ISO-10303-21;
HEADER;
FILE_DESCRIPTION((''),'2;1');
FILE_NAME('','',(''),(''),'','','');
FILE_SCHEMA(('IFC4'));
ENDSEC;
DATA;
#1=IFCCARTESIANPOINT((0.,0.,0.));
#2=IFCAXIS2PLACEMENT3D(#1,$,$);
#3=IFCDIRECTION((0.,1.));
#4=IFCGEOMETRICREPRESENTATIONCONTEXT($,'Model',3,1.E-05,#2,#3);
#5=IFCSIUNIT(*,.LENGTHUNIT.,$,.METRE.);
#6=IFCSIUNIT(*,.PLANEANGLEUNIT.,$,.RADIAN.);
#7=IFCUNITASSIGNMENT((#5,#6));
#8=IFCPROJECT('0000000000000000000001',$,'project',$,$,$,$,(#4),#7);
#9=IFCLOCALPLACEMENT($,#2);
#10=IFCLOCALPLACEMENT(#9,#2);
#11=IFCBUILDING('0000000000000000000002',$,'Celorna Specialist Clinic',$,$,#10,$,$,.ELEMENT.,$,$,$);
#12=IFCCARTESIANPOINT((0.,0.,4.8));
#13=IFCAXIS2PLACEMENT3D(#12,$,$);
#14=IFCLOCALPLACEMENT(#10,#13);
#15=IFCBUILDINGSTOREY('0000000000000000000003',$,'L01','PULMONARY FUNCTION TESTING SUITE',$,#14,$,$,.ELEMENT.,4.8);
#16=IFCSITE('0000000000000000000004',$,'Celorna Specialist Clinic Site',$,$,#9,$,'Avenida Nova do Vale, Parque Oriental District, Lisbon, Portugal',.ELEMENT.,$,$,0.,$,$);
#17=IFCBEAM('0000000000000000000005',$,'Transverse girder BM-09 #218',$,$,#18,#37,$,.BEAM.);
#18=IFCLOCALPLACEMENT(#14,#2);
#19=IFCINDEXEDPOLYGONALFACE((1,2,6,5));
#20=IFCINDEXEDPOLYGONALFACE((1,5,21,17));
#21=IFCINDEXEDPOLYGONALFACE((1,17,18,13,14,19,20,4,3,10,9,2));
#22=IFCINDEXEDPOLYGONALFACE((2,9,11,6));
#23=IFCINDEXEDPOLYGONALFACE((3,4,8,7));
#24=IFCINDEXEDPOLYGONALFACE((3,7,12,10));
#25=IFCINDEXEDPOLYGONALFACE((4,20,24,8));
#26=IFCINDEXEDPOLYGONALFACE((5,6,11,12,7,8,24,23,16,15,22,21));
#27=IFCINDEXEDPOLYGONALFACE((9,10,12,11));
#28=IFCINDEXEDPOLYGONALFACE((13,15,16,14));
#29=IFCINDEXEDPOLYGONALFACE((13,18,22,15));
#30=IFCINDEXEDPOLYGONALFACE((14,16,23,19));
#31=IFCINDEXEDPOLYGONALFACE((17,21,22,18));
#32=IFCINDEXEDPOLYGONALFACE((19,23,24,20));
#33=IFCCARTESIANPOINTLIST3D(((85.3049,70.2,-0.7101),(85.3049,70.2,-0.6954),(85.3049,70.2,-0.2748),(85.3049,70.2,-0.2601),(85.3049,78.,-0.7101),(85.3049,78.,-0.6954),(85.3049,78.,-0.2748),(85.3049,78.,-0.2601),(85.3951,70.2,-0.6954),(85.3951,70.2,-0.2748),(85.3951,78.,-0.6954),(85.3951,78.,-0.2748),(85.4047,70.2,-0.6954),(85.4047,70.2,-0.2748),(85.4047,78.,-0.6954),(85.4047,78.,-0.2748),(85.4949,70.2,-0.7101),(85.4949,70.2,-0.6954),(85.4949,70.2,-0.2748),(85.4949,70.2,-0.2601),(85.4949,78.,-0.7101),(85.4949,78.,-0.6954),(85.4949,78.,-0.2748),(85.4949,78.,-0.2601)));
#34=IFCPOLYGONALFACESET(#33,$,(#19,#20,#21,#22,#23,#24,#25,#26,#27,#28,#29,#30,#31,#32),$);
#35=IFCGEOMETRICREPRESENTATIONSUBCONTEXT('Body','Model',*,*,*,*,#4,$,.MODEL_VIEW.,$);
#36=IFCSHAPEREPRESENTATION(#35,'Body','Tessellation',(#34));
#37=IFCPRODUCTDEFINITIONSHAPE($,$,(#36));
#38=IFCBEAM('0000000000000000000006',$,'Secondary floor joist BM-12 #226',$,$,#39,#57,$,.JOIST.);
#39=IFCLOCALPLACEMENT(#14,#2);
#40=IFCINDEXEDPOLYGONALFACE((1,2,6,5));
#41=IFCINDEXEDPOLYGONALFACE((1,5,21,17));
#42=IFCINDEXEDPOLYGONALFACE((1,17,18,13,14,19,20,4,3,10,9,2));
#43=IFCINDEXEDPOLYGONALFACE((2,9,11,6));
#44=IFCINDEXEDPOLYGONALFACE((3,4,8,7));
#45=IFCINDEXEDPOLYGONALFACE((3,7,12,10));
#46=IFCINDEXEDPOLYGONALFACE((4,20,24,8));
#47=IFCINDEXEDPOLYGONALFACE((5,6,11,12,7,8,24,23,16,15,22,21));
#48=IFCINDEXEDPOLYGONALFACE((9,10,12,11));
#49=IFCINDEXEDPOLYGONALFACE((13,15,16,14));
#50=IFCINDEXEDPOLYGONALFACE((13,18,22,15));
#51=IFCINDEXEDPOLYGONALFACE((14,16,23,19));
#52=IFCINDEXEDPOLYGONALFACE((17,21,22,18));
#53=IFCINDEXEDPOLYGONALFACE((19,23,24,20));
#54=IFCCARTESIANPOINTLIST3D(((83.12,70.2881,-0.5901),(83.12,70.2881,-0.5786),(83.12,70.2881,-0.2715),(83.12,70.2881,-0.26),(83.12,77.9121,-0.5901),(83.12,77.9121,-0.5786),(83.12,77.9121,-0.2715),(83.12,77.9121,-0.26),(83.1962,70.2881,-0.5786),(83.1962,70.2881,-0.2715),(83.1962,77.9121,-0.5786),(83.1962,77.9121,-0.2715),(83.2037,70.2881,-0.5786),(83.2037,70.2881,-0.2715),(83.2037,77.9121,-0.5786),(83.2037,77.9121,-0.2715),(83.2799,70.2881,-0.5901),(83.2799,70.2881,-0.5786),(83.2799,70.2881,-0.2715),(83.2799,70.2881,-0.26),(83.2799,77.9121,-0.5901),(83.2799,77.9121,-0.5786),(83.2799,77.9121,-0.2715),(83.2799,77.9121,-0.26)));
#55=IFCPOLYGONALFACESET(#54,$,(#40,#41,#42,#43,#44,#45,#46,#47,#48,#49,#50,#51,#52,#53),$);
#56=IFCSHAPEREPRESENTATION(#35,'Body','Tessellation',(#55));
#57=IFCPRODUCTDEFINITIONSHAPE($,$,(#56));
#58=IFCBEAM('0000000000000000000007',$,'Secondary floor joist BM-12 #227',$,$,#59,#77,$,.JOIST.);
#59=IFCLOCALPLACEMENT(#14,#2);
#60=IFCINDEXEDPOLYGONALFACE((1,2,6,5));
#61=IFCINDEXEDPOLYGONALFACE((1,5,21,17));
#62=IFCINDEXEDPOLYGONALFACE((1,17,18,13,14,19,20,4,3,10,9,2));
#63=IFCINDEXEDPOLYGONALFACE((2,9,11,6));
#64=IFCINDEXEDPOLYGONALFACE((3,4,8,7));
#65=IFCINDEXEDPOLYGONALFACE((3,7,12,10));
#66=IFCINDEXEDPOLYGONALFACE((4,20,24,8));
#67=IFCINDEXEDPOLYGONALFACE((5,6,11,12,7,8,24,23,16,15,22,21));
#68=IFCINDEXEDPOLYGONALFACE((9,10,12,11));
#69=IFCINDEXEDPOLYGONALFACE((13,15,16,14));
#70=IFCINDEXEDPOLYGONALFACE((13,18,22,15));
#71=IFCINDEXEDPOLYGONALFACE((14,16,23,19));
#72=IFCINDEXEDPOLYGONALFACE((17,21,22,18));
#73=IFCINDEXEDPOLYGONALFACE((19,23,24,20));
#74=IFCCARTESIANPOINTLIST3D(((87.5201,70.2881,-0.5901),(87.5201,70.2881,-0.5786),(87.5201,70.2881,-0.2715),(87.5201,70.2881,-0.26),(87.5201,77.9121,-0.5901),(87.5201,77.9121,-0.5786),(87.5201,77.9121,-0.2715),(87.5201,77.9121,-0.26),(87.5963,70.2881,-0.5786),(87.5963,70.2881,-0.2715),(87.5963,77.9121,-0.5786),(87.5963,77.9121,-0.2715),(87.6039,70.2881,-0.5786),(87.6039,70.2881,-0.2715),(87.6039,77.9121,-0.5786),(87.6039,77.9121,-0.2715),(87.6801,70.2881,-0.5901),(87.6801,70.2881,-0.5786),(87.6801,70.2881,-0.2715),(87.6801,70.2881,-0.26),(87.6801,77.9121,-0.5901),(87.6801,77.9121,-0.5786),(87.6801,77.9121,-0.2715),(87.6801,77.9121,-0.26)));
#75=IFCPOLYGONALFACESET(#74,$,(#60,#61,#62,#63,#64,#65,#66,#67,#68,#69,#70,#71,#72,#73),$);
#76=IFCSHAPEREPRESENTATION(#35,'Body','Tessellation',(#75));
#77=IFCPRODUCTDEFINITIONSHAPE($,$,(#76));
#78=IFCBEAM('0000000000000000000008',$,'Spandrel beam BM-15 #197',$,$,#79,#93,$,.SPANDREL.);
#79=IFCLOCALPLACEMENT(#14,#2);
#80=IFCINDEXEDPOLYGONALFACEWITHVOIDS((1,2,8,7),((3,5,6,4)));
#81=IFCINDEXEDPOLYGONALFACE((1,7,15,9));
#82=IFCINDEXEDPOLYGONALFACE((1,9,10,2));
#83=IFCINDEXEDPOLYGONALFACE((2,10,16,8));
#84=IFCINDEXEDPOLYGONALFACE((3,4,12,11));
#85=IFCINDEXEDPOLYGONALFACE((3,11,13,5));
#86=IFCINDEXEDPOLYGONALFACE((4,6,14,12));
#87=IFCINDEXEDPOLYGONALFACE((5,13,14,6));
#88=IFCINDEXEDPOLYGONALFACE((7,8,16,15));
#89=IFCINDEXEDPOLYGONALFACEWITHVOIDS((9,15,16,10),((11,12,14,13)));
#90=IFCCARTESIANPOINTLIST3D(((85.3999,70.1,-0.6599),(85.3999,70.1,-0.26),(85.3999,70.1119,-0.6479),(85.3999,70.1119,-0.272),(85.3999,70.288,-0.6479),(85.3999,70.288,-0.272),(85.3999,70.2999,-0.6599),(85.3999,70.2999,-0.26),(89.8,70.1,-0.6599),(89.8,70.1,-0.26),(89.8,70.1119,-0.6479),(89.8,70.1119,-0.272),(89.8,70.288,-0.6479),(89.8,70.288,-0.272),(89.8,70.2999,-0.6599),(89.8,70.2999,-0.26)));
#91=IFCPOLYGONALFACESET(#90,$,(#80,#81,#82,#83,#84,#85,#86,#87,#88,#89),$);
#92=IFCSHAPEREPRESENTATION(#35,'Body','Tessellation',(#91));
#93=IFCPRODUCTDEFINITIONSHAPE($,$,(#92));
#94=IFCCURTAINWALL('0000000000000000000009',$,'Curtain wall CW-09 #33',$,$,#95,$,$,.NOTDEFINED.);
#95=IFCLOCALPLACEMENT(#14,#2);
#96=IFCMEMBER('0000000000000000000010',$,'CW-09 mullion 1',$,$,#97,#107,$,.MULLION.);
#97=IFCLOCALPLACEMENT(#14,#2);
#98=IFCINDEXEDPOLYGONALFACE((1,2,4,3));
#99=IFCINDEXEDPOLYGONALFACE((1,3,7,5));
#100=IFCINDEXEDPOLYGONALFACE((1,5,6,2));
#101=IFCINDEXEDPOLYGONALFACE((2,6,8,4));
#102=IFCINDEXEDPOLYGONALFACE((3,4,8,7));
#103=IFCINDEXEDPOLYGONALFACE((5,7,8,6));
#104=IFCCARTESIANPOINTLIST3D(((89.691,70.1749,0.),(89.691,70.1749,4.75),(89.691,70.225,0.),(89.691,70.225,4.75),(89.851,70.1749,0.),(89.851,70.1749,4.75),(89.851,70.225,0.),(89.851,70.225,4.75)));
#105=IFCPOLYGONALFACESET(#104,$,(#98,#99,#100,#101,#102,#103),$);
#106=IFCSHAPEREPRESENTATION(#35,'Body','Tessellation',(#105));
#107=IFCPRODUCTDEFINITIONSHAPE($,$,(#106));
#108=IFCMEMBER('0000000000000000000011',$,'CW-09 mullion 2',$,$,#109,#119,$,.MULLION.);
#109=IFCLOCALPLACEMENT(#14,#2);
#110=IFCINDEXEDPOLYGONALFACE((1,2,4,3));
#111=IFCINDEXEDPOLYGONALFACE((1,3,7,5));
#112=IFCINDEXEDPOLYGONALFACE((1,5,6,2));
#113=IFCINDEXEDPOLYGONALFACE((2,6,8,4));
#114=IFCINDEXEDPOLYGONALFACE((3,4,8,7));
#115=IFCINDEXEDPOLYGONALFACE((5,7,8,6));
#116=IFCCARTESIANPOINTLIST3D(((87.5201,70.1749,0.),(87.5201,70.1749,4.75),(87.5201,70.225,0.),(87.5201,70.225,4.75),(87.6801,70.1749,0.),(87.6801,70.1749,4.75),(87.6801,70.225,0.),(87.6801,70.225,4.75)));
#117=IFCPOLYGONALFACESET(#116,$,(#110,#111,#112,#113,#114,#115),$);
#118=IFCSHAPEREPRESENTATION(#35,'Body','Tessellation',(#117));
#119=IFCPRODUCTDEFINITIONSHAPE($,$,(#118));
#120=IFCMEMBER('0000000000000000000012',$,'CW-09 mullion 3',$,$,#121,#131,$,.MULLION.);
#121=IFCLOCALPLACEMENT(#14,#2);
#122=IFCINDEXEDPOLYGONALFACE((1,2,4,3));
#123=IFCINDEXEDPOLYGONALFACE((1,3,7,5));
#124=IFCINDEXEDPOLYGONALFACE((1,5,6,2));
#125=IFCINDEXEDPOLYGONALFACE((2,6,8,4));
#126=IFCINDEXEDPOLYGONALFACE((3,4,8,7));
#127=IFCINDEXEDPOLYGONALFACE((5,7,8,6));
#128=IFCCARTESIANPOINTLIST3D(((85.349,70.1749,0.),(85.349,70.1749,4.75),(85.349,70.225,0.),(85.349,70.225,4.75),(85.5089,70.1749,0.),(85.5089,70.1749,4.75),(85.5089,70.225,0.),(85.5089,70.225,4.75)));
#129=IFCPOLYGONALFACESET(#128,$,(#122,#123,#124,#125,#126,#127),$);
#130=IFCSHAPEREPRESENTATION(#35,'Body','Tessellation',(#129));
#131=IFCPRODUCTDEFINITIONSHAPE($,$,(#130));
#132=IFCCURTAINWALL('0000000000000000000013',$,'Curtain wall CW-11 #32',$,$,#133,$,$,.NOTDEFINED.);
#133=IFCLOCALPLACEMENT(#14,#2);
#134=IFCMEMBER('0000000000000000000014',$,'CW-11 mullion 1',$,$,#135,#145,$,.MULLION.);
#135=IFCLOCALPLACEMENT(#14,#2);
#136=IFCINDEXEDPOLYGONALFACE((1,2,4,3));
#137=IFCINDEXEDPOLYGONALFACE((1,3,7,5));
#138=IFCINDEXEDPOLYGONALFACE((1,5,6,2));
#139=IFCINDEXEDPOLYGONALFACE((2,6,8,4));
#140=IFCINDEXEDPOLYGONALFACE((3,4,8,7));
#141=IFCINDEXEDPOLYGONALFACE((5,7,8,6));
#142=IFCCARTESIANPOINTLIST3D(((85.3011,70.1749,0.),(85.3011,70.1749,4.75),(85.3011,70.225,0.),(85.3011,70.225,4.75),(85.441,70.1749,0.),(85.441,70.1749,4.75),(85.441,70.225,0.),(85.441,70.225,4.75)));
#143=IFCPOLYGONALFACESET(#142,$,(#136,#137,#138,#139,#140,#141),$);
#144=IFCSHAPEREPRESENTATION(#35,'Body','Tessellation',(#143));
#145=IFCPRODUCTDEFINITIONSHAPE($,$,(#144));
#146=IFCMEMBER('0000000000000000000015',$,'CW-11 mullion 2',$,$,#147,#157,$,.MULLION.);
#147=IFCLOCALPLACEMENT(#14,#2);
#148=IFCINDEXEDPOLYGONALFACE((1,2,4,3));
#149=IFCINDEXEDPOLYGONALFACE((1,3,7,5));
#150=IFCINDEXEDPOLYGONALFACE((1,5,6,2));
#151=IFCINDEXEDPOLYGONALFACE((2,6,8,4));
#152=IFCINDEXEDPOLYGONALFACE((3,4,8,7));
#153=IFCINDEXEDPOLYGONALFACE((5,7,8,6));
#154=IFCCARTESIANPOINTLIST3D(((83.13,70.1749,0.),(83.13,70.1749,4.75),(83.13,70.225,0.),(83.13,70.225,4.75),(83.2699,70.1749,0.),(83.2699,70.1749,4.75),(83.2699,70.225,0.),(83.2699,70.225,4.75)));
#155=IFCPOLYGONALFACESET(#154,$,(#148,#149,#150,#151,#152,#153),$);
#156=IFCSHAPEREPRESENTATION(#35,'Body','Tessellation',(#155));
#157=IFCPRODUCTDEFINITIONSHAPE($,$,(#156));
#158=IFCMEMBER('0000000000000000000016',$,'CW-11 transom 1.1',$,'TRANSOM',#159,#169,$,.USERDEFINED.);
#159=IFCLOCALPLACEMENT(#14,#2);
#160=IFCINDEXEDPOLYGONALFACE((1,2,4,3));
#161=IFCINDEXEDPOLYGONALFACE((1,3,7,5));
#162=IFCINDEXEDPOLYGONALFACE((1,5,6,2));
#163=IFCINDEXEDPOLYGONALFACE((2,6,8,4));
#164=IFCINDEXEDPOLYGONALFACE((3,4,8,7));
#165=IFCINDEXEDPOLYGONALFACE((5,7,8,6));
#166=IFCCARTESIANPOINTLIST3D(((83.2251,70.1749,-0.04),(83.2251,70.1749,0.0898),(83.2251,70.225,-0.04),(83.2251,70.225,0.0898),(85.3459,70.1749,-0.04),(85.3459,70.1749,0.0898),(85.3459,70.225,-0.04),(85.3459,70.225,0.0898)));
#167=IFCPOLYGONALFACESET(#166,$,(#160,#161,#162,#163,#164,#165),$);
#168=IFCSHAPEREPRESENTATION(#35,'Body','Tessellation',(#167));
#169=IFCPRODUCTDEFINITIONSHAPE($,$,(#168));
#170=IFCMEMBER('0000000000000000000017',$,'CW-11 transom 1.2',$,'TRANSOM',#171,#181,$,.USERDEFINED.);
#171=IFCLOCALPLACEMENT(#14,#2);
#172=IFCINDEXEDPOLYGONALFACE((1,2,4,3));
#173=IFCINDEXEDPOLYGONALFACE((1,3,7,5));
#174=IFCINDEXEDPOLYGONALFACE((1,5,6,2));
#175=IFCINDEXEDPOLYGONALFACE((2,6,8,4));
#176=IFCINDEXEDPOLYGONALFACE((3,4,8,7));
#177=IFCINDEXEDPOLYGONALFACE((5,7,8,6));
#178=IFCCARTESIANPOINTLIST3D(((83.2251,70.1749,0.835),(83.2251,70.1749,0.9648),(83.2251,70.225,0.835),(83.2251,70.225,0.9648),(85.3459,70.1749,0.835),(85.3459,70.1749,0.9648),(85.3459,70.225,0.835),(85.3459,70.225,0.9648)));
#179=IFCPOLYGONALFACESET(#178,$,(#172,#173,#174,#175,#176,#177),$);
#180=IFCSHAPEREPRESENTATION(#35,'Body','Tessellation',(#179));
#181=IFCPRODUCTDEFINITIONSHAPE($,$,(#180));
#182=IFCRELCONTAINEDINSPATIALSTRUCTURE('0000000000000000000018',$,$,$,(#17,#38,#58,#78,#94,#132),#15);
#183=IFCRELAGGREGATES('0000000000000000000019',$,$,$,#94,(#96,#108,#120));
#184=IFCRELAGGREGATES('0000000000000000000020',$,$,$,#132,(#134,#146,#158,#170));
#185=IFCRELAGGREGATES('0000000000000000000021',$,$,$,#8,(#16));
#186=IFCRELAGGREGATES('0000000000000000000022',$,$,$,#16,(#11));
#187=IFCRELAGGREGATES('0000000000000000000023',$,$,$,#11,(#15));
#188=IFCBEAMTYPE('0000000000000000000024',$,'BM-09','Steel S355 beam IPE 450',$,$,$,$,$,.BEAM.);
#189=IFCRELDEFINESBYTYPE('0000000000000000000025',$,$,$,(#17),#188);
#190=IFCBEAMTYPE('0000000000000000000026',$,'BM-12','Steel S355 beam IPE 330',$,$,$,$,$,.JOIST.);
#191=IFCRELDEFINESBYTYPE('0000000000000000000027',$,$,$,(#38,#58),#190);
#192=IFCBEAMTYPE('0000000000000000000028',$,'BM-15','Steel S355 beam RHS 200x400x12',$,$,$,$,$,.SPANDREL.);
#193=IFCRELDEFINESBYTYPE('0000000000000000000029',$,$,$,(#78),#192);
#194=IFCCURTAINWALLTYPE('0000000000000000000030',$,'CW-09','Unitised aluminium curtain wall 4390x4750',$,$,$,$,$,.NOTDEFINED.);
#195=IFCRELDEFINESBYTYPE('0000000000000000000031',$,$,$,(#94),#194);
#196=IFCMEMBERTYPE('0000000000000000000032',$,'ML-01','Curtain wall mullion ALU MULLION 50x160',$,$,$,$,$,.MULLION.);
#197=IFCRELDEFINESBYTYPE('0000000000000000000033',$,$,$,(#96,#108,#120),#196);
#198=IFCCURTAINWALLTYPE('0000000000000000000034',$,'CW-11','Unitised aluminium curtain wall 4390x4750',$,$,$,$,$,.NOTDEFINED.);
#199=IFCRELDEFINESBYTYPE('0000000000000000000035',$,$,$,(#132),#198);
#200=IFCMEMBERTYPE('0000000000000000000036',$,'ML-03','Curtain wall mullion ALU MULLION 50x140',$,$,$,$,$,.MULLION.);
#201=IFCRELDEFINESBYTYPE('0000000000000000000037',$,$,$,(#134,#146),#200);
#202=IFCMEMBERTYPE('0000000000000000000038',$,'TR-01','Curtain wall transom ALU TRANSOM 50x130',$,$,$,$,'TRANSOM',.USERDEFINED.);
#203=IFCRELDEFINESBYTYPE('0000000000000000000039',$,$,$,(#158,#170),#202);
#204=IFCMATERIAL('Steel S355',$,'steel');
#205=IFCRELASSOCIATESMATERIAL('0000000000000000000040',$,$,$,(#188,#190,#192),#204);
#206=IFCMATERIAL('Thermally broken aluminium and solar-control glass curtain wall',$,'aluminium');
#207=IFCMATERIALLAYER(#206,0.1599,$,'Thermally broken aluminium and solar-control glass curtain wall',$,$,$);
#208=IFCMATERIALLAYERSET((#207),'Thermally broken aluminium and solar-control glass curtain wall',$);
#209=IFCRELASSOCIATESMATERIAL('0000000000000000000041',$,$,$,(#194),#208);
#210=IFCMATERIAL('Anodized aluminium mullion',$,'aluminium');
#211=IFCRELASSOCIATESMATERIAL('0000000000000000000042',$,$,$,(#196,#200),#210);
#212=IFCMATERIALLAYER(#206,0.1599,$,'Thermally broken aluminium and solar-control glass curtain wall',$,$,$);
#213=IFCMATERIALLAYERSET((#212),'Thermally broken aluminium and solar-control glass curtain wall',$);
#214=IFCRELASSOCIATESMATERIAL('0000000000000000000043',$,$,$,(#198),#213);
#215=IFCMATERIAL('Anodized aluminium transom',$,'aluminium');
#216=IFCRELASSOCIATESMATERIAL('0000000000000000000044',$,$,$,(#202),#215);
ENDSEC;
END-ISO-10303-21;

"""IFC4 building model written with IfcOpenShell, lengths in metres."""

from ifc_helpers import new_model, si_unit, direction, frame, origin, origin_2d, place, context, subcontext, project, spatial, rectangle, hollow_rectangle, i_section, extrude, material, layer, layer_set, material_profile, profile_set, type_object, element, aggregate, save


model = new_model("IFC4")

# Units and contexts
model_context = context("Model", 3, precision=1e-05, world=origin(), true_north=direction((0.0, 1.0)))
body_context = subcontext(model_context, "Body", "Model", "MODEL_VIEW")
ifc_project = project(units=[si_unit("LENGTHUNIT", "METRE"), si_unit("PLANEANGLEUNIT", "RADIAN")], contexts=[model_context])

# Site, building, storey
site_placement = place(None, origin())
site = spatial("IfcSite", under=ifc_project, at=site_placement, Name="Celorna Specialist Clinic Site", LongName="Avenida Nova do Vale, Parque Oriental District, Lisbon, Portugal", CompositionType="ELEMENT", RefElevation=0.0)
building_placement = place(site_placement, origin())
building = spatial("IfcBuilding", under=site, at=building_placement, Name="Celorna Specialist Clinic", CompositionType="ELEMENT")
storey_placement = place(building_placement, frame((0.0, 0.0, 4.8)))
storey = spatial("IfcBuildingStorey", under=building, at=storey_placement, Name="L01", Description="PULMONARY FUNCTION TESTING SUITE", CompositionType="ELEMENT", Elevation=4.8)

# Beams
ifc_material_1 = material(Name="Steel S355", Category="steel")
ifc_material_profile_1 = material_profile(ifc_material_1, i_section(OverallWidth=0.1899, OverallDepth=0.45, WebThickness=0.0095, FlangeThickness=0.0146, at=origin_2d()), Name="IPE 450")
ifc_profile_set_1 = profile_set([ifc_material_profile_1], Name="Steel S355")
beam_type_1 = type_object("IfcBeamType", Name="BM-09", Description="Steel S355 beam IPE 450", PredefinedType="BEAM", material=ifc_profile_set_1)
beam_1_placement = place(storey_placement, frame((85.3999, 70.2, -0.4851), z_axis=(0.0, 1.0, 0.0), x_axis=(-1.0, 0.0, 0.0)))
element("IfcBeam", 1, at=beam_1_placement, inside=storey, type_object=beam_type_1, Name="Transverse girder BM-09 #218", PredefinedType="BEAM", context=body_context, shape_type="SweptSolid", body=[
    extrude(i_section(OverallWidth=0.1899, OverallDepth=0.45, WebThickness=0.0095, FlangeThickness=0.0146, at=origin_2d()), origin(), (0.0, 0.0, 1.0), 7.8),
])
ifc_material_profile_2 = material_profile(ifc_material_1, i_section(OverallWidth=0.1599, OverallDepth=0.3301, WebThickness=0.0076, FlangeThickness=0.0115, at=origin_2d()), Name="IPE 330")
ifc_profile_set_2 = profile_set([ifc_material_profile_2], Name="Steel S355")
beam_type_2 = type_object("IfcBeamType", Name="BM-12", Description="Steel S355 beam IPE 330", PredefinedType="JOIST", material=ifc_profile_set_2)
for number, where, z_axis, x_axis, name in (
    (2, (83.2, 70.2881, -0.425), (0.0, 1.0, 0.0), (-1.0, 0.0, 0.0), "Secondary floor joist BM-12 #226"),
    (3, (87.6001, 70.2881, -0.425), (0.0, 1.0, 0.0), (-1.0, 0.0, 0.0), "Secondary floor joist BM-12 #227"),
):
    element("IfcBeam", number, at=place(storey_placement, frame(where, z_axis=z_axis, x_axis=x_axis)), inside=storey, type_object=beam_type_2, Name=name, PredefinedType="JOIST", context=body_context, shape_type="SweptSolid", body=[
        extrude(i_section(OverallWidth=0.1599, OverallDepth=0.3301, WebThickness=0.0076, FlangeThickness=0.0115, at=origin_2d()), origin(), (0.0, 0.0, 1.0), 7.624),
    ])
ifc_material_profile_3 = material_profile(ifc_material_1, hollow_rectangle(XDim=0.2, YDim=0.3999, WallThickness=0.012, at=origin_2d()), Name="RHS 200x400x12")
ifc_profile_set_3 = profile_set([ifc_material_profile_3], Name="Steel S355")
beam_type_3 = type_object("IfcBeamType", Name="BM-15", Description="Steel S355 beam RHS 200x400x12", PredefinedType="SPANDREL", material=ifc_profile_set_3)
beam_2_placement = place(storey_placement, frame((85.3999, 70.2, -0.46), z_axis=(1.0, 0.0, 0.0), x_axis=(0.0, 1.0, 0.0)))
element("IfcBeam", 4, at=beam_2_placement, inside=storey, type_object=beam_type_3, Name="Spandrel beam BM-15 #197", PredefinedType="SPANDREL", context=body_context, shape_type="SweptSolid", body=[
    extrude(hollow_rectangle(XDim=0.2, YDim=0.3999, WallThickness=0.012, at=origin_2d()), origin(), (0.0, 0.0, 1.0), 4.4001),
])

# Curtain walls, members
ifc_material_2 = material(Name="Thermally broken aluminium and solar-control glass curtain wall", Category="aluminium")
ifc_layer_1 = layer(ifc_material_2, 0.1599, Name="Thermally broken aluminium and solar-control glass curtain wall")
ifc_layer_set_1 = layer_set([ifc_layer_1], Name="Thermally broken aluminium and solar-control glass curtain wall")
curtain_wall_type_1 = type_object("IfcCurtainWallType", Name="CW-09", Description="Unitised aluminium curtain wall 4390x4750", PredefinedType="NOTDEFINED", material=ifc_layer_set_1)
curtain_wall_1_placement = place(storey_placement, origin())
curtain_wall_1 = element("IfcCurtainWall", 5, at=curtain_wall_1_placement, inside=storey, type_object=curtain_wall_type_1, Name="Curtain wall CW-09 #33", PredefinedType="NOTDEFINED")
ifc_material_3 = material(Name="Anodized aluminium mullion", Category="aluminium")
ifc_material_profile_4 = material_profile(ifc_material_3, rectangle(XDim=0.05, YDim=0.1599, at=origin_2d()), Name="ALU MULLION 50x160")
ifc_profile_set_4 = profile_set([ifc_material_profile_4], Name="Anodized aluminium mullion")
member_type_1 = type_object("IfcMemberType", Name="ML-01", Description="Curtain wall mullion ALU MULLION 50x160", PredefinedType="MULLION", material=ifc_profile_set_4)
member_1_placement = place(storey_placement, frame((89.771, 70.2, 0.0), z_axis=(0.0, 0.0, 1.0), x_axis=(0.0, -1.0, 0.0)))
member_1 = element("IfcMember", 6, at=member_1_placement, type_object=member_type_1, Name="CW-09 mullion 1", PredefinedType="MULLION", context=body_context, shape_type="SweptSolid", body=[
    extrude(rectangle(XDim=0.05, YDim=0.1599, at=origin_2d()), origin(), (0.0, 0.0, 1.0), 4.75),
])
member_2_placement = place(storey_placement, frame((87.6001, 70.2, 0.0), z_axis=(0.0, 0.0, 1.0), x_axis=(0.0, -1.0, 0.0)))
member_2 = element("IfcMember", 7, at=member_2_placement, type_object=member_type_1, Name="CW-09 mullion 2", PredefinedType="MULLION", context=body_context, shape_type="SweptSolid", body=[
    extrude(rectangle(XDim=0.05, YDim=0.1599, at=origin_2d()), origin(), (0.0, 0.0, 1.0), 4.75),
])
member_3_placement = place(storey_placement, frame((85.429, 70.2, 0.0), z_axis=(0.0, 0.0, 1.0), x_axis=(0.0, -1.0, 0.0)))
member_3 = element("IfcMember", 8, at=member_3_placement, type_object=member_type_1, Name="CW-09 mullion 3", PredefinedType="MULLION", context=body_context, shape_type="SweptSolid", body=[
    extrude(rectangle(XDim=0.05, YDim=0.1599, at=origin_2d()), origin(), (0.0, 0.0, 1.0), 4.75),
])
ifc_layer_2 = layer(ifc_material_2, 0.1599, Name="Thermally broken aluminium and solar-control glass curtain wall")
ifc_layer_set_2 = layer_set([ifc_layer_2], Name="Thermally broken aluminium and solar-control glass curtain wall")
curtain_wall_type_2 = type_object("IfcCurtainWallType", Name="CW-11", Description="Unitised aluminium curtain wall 4390x4750", PredefinedType="NOTDEFINED", material=ifc_layer_set_2)
curtain_wall_2_placement = place(storey_placement, origin())
curtain_wall_2 = element("IfcCurtainWall", 9, at=curtain_wall_2_placement, inside=storey, type_object=curtain_wall_type_2, Name="Curtain wall CW-11 #32", PredefinedType="NOTDEFINED")
ifc_material_profile_5 = material_profile(ifc_material_3, rectangle(XDim=0.05, YDim=0.1399, at=origin_2d()), Name="ALU MULLION 50x140")
ifc_profile_set_5 = profile_set([ifc_material_profile_5], Name="Anodized aluminium mullion")
member_type_2 = type_object("IfcMemberType", Name="ML-03", Description="Curtain wall mullion ALU MULLION 50x140", PredefinedType="MULLION", material=ifc_profile_set_5)
member_4_placement = place(storey_placement, frame((85.3711, 70.2, 0.0), z_axis=(0.0, 0.0, 1.0), x_axis=(0.0, -1.0, 0.0)))
member_4 = element("IfcMember", 10, at=member_4_placement, type_object=member_type_2, Name="CW-11 mullion 1", PredefinedType="MULLION", context=body_context, shape_type="SweptSolid", body=[
    extrude(rectangle(XDim=0.05, YDim=0.1399, at=origin_2d()), origin(), (0.0, 0.0, 1.0), 4.75),
])
member_5_placement = place(storey_placement, frame((83.2, 70.2, 0.0), z_axis=(0.0, 0.0, 1.0), x_axis=(0.0, -1.0, 0.0)))
member_5 = element("IfcMember", 11, at=member_5_placement, type_object=member_type_2, Name="CW-11 mullion 2", PredefinedType="MULLION", context=body_context, shape_type="SweptSolid", body=[
    extrude(rectangle(XDim=0.05, YDim=0.1399, at=origin_2d()), origin(), (0.0, 0.0, 1.0), 4.75),
])
ifc_material_4 = material(Name="Anodized aluminium transom", Category="aluminium")
ifc_material_profile_6 = material_profile(ifc_material_4, rectangle(XDim=0.05, YDim=0.1299, at=origin_2d()), Name="ALU TRANSOM 50x130")
ifc_profile_set_6 = profile_set([ifc_material_profile_6], Name="Anodized aluminium transom")
member_type_3 = type_object("IfcMemberType", Name="TR-01", Description="Curtain wall transom ALU TRANSOM 50x130", ElementType="TRANSOM", PredefinedType="USERDEFINED", material=ifc_profile_set_6)
member_6_placement = place(storey_placement, frame((85.3459, 70.2, 0.0249), z_axis=(-1.0, 0.0, 0.0), x_axis=(0.0, -1.0, 0.0)))
member_6 = element("IfcMember", 12, at=member_6_placement, type_object=member_type_3, Name="CW-11 transom 1.1", ObjectType="TRANSOM", PredefinedType="USERDEFINED", context=body_context, shape_type="SweptSolid", body=[
    extrude(rectangle(XDim=0.05, YDim=0.1299, at=origin_2d()), origin(), (0.0, 0.0, 1.0), 2.1208),
])
member_7_placement = place(storey_placement, frame((85.3459, 70.2, 0.8999), z_axis=(-1.0, 0.0, 0.0), x_axis=(0.0, -1.0, 0.0)))
member_7 = element("IfcMember", 13, at=member_7_placement, type_object=member_type_3, Name="CW-11 transom 1.2", ObjectType="TRANSOM", PredefinedType="USERDEFINED", context=body_context, shape_type="SweptSolid", body=[
    extrude(rectangle(XDim=0.05, YDim=0.1299, at=origin_2d()), origin(), (0.0, 0.0, 1.0), 2.1208),
])

aggregate(curtain_wall_1, [member_1, member_2, member_3])
aggregate(curtain_wall_2, [member_4, member_5, member_6, member_7])

save(model, "model.ifc")
